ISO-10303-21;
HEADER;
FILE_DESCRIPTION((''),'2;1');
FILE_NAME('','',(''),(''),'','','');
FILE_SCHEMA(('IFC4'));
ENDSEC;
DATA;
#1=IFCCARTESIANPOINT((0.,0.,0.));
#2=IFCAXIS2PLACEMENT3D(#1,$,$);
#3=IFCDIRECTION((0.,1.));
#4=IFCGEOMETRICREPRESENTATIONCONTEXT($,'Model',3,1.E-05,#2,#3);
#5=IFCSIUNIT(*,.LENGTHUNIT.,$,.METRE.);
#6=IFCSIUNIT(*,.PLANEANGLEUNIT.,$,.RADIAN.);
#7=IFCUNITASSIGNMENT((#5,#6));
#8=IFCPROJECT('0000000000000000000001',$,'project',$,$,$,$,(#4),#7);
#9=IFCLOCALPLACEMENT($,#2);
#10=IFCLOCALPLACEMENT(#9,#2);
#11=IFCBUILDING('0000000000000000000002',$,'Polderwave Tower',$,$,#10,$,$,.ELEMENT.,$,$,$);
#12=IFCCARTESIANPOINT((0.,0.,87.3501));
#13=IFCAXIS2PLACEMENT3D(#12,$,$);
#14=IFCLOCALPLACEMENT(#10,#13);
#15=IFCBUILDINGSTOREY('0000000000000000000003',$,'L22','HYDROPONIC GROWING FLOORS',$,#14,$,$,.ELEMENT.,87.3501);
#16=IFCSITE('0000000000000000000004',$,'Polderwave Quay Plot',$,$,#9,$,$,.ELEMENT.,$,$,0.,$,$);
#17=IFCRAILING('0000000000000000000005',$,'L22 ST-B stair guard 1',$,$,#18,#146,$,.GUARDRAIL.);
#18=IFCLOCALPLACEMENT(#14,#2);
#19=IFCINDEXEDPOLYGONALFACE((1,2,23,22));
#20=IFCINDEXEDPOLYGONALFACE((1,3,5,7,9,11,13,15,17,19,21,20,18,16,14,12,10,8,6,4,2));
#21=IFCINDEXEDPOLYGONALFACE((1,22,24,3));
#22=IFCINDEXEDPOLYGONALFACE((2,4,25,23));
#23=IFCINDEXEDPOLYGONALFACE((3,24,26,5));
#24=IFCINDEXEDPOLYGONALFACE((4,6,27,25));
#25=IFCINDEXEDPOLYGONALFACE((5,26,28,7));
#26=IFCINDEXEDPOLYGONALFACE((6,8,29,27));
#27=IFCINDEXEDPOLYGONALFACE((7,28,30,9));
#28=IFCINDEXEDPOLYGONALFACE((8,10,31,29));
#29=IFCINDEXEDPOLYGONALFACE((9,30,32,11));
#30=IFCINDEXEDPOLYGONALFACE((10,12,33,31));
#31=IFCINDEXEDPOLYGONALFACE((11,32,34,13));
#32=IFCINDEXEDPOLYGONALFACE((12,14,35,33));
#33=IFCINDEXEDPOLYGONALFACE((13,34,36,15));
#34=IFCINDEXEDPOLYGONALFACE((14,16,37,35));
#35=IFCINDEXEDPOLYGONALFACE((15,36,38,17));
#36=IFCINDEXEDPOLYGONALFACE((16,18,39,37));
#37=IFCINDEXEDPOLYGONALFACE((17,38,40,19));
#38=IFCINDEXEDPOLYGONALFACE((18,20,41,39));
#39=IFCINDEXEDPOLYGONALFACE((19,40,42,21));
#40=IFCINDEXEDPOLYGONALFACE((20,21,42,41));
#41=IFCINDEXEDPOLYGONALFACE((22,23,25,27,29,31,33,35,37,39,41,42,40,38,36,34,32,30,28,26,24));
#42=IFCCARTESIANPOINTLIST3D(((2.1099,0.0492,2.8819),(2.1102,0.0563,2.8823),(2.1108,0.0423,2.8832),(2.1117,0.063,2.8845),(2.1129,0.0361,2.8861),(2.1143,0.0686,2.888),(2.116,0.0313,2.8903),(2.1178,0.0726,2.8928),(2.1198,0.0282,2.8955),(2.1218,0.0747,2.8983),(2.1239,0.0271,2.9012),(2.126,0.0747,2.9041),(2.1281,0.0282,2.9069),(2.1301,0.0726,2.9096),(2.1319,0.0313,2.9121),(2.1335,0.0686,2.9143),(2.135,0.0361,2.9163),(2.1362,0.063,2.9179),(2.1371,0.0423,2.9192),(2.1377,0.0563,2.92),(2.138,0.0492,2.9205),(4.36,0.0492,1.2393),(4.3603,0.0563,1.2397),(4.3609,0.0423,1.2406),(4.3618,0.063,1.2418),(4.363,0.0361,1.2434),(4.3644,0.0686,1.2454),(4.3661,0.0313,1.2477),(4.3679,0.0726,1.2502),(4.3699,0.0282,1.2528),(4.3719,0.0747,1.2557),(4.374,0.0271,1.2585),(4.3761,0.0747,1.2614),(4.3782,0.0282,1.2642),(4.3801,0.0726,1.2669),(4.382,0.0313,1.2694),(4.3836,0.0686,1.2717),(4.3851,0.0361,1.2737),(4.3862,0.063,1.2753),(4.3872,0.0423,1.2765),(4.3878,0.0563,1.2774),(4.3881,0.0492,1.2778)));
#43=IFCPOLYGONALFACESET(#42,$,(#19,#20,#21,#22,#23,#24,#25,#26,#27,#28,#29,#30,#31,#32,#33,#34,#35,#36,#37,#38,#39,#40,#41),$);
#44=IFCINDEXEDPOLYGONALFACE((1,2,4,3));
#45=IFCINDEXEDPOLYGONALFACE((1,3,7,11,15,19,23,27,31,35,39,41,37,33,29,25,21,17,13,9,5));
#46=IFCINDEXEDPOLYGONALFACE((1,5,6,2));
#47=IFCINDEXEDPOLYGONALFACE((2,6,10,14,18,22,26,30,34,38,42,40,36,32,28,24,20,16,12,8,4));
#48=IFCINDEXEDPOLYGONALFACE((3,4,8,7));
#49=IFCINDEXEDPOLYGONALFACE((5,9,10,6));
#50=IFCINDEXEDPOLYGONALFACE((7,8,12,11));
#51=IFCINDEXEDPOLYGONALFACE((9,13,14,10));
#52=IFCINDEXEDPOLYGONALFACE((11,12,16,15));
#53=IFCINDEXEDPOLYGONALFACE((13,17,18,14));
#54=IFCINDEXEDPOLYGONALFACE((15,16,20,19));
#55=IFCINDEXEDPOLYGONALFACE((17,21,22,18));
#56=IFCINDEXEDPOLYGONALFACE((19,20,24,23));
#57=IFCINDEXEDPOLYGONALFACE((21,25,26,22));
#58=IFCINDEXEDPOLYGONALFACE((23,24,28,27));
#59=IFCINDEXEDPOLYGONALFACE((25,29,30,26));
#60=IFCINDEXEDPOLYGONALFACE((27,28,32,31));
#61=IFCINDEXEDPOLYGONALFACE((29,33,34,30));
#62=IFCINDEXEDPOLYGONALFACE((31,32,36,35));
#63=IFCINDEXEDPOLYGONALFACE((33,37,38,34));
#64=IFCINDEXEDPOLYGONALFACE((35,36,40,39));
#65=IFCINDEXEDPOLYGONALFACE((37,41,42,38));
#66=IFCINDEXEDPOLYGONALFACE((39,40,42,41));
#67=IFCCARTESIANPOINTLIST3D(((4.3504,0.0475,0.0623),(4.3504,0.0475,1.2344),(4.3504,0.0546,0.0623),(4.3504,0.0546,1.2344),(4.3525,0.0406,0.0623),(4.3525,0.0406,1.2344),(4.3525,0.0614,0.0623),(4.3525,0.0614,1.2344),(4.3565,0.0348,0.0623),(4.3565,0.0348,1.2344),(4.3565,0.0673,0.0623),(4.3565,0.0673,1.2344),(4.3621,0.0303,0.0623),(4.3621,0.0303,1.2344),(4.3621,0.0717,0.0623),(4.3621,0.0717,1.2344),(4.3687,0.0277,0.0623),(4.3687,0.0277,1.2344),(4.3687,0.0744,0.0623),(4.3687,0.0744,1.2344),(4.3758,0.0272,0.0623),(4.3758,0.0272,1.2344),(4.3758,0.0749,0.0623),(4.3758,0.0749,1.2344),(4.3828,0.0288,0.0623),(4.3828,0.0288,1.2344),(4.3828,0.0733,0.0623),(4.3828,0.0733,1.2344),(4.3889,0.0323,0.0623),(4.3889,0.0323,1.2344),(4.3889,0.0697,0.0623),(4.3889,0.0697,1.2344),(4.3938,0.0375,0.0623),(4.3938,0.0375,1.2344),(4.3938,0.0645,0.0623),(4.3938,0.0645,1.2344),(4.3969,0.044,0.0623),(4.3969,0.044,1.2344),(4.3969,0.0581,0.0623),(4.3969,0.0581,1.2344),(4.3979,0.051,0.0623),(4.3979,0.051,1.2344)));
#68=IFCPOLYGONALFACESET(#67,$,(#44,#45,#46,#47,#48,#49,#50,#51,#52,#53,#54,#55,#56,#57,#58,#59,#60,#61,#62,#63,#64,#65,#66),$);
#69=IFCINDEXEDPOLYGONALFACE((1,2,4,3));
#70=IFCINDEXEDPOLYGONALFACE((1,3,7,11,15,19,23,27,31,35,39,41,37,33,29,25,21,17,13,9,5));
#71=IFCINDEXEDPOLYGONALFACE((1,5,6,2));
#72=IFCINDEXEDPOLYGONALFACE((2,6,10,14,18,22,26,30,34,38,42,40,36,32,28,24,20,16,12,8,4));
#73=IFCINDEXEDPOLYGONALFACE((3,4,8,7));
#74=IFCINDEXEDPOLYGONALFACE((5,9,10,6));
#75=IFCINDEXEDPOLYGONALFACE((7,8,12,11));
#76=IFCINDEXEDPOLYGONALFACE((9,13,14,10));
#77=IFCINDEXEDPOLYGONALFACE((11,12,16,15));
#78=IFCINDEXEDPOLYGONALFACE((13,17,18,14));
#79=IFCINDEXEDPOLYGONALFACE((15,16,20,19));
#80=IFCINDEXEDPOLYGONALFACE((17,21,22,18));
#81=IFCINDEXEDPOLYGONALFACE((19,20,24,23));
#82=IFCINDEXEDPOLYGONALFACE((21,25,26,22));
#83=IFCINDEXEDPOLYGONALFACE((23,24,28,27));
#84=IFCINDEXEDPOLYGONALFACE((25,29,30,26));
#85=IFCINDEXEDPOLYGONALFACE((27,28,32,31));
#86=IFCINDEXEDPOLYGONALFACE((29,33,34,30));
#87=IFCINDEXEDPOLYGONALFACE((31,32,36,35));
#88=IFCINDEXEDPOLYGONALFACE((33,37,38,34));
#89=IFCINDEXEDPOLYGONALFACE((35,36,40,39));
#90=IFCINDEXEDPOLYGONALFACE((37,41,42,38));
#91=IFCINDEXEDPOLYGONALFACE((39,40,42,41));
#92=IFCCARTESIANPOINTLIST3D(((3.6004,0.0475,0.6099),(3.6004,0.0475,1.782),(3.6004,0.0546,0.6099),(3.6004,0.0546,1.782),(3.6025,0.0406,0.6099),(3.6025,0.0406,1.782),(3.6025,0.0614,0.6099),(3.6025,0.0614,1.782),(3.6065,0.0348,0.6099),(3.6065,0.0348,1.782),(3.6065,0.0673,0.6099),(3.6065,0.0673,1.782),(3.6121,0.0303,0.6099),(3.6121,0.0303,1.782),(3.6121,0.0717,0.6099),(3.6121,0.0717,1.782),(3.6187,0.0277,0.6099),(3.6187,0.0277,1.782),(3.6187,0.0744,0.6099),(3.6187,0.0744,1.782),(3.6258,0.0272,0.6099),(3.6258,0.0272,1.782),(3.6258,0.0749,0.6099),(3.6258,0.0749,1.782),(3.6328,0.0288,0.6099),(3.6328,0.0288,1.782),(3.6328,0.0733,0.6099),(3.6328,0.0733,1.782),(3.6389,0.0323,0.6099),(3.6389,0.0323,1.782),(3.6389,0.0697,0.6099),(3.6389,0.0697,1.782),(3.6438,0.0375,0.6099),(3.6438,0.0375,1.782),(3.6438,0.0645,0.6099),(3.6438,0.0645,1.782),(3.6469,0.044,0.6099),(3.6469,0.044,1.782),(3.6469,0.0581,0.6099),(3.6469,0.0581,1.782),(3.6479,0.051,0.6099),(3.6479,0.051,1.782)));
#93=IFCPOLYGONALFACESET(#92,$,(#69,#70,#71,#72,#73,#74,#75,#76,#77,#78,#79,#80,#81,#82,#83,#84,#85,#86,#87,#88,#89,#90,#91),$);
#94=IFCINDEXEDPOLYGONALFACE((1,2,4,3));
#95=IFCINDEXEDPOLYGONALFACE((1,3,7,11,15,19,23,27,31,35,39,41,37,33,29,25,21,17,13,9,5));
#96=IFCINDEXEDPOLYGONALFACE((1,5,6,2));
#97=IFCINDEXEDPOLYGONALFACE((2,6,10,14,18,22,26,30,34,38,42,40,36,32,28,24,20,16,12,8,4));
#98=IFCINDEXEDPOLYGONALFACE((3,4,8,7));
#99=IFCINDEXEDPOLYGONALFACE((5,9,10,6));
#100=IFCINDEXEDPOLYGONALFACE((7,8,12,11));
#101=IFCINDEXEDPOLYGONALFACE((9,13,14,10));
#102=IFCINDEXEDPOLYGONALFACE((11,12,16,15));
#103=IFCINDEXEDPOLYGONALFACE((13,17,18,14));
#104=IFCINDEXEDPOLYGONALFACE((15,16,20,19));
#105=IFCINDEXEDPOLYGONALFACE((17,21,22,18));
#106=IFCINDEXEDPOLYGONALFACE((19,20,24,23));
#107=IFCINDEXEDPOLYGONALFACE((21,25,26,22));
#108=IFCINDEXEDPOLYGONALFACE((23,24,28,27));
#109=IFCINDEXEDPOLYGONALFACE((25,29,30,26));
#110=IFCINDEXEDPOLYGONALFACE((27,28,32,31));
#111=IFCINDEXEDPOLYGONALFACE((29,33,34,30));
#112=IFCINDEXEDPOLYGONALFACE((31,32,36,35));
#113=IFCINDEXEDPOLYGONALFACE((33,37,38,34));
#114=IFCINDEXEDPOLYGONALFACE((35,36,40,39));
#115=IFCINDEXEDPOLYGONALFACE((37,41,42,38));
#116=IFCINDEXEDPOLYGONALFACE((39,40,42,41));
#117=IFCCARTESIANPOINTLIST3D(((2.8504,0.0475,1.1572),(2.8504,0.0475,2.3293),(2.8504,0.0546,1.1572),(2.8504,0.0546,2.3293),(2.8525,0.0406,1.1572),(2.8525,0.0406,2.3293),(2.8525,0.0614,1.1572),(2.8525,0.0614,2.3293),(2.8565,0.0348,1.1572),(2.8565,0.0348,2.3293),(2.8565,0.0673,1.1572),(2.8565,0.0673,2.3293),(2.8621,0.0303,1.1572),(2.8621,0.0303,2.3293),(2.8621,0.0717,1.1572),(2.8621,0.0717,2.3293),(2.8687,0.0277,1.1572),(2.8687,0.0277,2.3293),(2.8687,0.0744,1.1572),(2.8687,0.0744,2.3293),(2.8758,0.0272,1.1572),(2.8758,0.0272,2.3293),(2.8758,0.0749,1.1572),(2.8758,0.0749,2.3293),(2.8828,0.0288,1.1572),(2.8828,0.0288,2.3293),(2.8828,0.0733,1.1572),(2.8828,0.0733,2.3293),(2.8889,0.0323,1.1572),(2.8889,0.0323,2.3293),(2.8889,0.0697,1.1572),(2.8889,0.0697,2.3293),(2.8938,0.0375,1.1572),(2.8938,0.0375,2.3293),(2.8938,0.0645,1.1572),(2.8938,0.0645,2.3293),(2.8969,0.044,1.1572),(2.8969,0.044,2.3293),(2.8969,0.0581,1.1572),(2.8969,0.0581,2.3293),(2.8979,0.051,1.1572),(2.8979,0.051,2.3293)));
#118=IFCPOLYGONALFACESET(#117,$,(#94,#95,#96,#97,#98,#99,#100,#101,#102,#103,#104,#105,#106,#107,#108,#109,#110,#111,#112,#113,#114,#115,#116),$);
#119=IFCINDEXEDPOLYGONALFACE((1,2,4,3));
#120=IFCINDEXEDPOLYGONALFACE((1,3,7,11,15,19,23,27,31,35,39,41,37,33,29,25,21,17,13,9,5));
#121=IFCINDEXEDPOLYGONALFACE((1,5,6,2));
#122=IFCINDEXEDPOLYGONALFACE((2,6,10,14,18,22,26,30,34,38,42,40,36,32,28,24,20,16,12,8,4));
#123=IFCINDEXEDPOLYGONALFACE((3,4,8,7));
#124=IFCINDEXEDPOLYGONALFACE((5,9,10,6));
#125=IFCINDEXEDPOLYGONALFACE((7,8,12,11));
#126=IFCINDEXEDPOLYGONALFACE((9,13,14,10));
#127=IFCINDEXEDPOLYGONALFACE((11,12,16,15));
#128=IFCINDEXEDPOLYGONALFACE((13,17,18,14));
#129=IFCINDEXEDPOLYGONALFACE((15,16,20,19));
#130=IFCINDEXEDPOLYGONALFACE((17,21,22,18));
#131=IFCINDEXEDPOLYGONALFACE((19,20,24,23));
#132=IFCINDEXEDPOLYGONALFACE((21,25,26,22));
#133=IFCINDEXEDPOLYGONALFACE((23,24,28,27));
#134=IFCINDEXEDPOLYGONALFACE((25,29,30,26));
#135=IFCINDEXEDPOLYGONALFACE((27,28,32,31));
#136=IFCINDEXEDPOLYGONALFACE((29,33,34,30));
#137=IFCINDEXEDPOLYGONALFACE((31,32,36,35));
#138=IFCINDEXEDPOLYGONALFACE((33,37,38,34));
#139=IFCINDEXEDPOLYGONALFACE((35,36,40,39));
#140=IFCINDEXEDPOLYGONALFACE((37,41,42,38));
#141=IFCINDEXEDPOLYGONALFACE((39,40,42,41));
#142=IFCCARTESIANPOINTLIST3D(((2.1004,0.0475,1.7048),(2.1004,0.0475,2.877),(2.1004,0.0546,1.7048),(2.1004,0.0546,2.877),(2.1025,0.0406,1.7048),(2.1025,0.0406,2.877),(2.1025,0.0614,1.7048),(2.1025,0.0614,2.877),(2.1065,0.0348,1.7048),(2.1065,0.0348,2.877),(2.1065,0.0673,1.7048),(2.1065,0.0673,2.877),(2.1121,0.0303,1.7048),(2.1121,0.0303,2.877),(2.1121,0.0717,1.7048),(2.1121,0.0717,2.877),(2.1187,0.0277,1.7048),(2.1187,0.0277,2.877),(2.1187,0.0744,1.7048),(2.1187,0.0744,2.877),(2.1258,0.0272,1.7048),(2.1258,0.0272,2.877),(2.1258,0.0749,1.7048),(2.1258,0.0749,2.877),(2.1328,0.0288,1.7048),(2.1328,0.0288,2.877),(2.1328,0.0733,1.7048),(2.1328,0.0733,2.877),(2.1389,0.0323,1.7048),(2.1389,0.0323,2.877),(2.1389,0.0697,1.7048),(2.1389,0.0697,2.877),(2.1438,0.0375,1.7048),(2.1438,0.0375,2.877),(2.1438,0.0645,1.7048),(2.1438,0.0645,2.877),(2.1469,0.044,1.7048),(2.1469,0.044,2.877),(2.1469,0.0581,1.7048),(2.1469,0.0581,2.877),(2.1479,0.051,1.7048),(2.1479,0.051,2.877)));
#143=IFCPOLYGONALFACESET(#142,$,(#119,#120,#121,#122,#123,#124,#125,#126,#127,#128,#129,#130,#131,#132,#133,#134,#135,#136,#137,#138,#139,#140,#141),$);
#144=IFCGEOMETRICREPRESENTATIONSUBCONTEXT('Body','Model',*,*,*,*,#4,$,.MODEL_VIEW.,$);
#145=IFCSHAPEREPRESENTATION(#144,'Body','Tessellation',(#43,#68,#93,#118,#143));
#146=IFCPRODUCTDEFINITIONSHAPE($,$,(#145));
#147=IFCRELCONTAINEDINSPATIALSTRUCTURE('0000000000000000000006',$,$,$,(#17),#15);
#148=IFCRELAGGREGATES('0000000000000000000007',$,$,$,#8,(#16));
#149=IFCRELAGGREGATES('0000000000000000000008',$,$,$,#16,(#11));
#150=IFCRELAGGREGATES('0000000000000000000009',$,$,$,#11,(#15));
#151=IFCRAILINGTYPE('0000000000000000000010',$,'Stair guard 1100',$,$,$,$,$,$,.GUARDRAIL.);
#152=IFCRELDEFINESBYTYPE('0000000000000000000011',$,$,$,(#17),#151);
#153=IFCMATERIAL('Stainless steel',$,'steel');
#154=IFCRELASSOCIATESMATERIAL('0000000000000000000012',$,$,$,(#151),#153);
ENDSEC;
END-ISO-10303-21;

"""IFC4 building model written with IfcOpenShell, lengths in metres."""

from ifc_helpers import new_model, si_unit, direction, frame, origin, origin_2d, place, context, subcontext, project, spatial, circle, extrude, material, type_object, element, save


model = new_model("IFC4")

# Units and contexts
model_context = context("Model", 3, precision=1e-05, world=origin(), true_north=direction((0.0, 1.0)))
body_context = subcontext(model_context, "Body", "Model", "MODEL_VIEW")
ifc_project = project(units=[si_unit("LENGTHUNIT", "METRE"), si_unit("PLANEANGLEUNIT", "RADIAN")], contexts=[model_context])

# Site, building, storey
site_placement = place(None, origin())
site = spatial("IfcSite", under=ifc_project, at=site_placement, Name="Polderwave Quay Plot", CompositionType="ELEMENT", RefElevation=0.0)
building_placement = place(site_placement, origin())
building = spatial("IfcBuilding", under=site, at=building_placement, Name="Polderwave Tower", CompositionType="ELEMENT")
storey_placement = place(building_placement, frame((0.0, 0.0, 87.3501)))
storey = spatial("IfcBuildingStorey", under=building, at=storey_placement, Name="L22", Description="HYDROPONIC GROWING FLOORS", CompositionType="ELEMENT", Elevation=87.3501)

# Railing
ifc_material_1 = material(Name="Stainless steel", Category="steel")
railing_type_1 = type_object("IfcRailingType", Name="Stair guard 1100", PredefinedType="GUARDRAIL", material=ifc_material_1)
railing_1_placement = place(storey_placement, frame((4.374, 0.051, 0.0623)))
element("IfcRailing", 1, at=railing_1_placement, inside=storey, type_object=railing_type_1, Name="L22 ST-B stair guard 1", PredefinedType="GUARDRAIL", context=body_context, shape_type="SweptSolid", body=[
    extrude(circle(Radius=0.0239, at=origin_2d()), frame((0.0, 0.0, 1.1963), z_axis=(-0.807674, 0.0, 0.58963), x_axis=(0.0, -1.0, 0.0)), (0.0, 0.0, 1.0), 2.7859),
    extrude(circle(Radius=0.0239, at=origin_2d()), origin(), (0.0, 0.0, 1.0), 1.1721),
    extrude(circle(Radius=0.0239, at=origin_2d()), frame((-0.75, 0.0, 0.5476)), (0.0, 0.0, 1.0), 1.1721),
    extrude(circle(Radius=0.0239, at=origin_2d()), frame((-1.5, 0.0, 1.095)), (0.0, 0.0, 1.0), 1.1721),
    extrude(circle(Radius=0.0239, at=origin_2d()), frame((-2.25, 0.0, 1.6426)), (0.0, 0.0, 1.0), 1.1721),
])

save(model, "model.ifc")
